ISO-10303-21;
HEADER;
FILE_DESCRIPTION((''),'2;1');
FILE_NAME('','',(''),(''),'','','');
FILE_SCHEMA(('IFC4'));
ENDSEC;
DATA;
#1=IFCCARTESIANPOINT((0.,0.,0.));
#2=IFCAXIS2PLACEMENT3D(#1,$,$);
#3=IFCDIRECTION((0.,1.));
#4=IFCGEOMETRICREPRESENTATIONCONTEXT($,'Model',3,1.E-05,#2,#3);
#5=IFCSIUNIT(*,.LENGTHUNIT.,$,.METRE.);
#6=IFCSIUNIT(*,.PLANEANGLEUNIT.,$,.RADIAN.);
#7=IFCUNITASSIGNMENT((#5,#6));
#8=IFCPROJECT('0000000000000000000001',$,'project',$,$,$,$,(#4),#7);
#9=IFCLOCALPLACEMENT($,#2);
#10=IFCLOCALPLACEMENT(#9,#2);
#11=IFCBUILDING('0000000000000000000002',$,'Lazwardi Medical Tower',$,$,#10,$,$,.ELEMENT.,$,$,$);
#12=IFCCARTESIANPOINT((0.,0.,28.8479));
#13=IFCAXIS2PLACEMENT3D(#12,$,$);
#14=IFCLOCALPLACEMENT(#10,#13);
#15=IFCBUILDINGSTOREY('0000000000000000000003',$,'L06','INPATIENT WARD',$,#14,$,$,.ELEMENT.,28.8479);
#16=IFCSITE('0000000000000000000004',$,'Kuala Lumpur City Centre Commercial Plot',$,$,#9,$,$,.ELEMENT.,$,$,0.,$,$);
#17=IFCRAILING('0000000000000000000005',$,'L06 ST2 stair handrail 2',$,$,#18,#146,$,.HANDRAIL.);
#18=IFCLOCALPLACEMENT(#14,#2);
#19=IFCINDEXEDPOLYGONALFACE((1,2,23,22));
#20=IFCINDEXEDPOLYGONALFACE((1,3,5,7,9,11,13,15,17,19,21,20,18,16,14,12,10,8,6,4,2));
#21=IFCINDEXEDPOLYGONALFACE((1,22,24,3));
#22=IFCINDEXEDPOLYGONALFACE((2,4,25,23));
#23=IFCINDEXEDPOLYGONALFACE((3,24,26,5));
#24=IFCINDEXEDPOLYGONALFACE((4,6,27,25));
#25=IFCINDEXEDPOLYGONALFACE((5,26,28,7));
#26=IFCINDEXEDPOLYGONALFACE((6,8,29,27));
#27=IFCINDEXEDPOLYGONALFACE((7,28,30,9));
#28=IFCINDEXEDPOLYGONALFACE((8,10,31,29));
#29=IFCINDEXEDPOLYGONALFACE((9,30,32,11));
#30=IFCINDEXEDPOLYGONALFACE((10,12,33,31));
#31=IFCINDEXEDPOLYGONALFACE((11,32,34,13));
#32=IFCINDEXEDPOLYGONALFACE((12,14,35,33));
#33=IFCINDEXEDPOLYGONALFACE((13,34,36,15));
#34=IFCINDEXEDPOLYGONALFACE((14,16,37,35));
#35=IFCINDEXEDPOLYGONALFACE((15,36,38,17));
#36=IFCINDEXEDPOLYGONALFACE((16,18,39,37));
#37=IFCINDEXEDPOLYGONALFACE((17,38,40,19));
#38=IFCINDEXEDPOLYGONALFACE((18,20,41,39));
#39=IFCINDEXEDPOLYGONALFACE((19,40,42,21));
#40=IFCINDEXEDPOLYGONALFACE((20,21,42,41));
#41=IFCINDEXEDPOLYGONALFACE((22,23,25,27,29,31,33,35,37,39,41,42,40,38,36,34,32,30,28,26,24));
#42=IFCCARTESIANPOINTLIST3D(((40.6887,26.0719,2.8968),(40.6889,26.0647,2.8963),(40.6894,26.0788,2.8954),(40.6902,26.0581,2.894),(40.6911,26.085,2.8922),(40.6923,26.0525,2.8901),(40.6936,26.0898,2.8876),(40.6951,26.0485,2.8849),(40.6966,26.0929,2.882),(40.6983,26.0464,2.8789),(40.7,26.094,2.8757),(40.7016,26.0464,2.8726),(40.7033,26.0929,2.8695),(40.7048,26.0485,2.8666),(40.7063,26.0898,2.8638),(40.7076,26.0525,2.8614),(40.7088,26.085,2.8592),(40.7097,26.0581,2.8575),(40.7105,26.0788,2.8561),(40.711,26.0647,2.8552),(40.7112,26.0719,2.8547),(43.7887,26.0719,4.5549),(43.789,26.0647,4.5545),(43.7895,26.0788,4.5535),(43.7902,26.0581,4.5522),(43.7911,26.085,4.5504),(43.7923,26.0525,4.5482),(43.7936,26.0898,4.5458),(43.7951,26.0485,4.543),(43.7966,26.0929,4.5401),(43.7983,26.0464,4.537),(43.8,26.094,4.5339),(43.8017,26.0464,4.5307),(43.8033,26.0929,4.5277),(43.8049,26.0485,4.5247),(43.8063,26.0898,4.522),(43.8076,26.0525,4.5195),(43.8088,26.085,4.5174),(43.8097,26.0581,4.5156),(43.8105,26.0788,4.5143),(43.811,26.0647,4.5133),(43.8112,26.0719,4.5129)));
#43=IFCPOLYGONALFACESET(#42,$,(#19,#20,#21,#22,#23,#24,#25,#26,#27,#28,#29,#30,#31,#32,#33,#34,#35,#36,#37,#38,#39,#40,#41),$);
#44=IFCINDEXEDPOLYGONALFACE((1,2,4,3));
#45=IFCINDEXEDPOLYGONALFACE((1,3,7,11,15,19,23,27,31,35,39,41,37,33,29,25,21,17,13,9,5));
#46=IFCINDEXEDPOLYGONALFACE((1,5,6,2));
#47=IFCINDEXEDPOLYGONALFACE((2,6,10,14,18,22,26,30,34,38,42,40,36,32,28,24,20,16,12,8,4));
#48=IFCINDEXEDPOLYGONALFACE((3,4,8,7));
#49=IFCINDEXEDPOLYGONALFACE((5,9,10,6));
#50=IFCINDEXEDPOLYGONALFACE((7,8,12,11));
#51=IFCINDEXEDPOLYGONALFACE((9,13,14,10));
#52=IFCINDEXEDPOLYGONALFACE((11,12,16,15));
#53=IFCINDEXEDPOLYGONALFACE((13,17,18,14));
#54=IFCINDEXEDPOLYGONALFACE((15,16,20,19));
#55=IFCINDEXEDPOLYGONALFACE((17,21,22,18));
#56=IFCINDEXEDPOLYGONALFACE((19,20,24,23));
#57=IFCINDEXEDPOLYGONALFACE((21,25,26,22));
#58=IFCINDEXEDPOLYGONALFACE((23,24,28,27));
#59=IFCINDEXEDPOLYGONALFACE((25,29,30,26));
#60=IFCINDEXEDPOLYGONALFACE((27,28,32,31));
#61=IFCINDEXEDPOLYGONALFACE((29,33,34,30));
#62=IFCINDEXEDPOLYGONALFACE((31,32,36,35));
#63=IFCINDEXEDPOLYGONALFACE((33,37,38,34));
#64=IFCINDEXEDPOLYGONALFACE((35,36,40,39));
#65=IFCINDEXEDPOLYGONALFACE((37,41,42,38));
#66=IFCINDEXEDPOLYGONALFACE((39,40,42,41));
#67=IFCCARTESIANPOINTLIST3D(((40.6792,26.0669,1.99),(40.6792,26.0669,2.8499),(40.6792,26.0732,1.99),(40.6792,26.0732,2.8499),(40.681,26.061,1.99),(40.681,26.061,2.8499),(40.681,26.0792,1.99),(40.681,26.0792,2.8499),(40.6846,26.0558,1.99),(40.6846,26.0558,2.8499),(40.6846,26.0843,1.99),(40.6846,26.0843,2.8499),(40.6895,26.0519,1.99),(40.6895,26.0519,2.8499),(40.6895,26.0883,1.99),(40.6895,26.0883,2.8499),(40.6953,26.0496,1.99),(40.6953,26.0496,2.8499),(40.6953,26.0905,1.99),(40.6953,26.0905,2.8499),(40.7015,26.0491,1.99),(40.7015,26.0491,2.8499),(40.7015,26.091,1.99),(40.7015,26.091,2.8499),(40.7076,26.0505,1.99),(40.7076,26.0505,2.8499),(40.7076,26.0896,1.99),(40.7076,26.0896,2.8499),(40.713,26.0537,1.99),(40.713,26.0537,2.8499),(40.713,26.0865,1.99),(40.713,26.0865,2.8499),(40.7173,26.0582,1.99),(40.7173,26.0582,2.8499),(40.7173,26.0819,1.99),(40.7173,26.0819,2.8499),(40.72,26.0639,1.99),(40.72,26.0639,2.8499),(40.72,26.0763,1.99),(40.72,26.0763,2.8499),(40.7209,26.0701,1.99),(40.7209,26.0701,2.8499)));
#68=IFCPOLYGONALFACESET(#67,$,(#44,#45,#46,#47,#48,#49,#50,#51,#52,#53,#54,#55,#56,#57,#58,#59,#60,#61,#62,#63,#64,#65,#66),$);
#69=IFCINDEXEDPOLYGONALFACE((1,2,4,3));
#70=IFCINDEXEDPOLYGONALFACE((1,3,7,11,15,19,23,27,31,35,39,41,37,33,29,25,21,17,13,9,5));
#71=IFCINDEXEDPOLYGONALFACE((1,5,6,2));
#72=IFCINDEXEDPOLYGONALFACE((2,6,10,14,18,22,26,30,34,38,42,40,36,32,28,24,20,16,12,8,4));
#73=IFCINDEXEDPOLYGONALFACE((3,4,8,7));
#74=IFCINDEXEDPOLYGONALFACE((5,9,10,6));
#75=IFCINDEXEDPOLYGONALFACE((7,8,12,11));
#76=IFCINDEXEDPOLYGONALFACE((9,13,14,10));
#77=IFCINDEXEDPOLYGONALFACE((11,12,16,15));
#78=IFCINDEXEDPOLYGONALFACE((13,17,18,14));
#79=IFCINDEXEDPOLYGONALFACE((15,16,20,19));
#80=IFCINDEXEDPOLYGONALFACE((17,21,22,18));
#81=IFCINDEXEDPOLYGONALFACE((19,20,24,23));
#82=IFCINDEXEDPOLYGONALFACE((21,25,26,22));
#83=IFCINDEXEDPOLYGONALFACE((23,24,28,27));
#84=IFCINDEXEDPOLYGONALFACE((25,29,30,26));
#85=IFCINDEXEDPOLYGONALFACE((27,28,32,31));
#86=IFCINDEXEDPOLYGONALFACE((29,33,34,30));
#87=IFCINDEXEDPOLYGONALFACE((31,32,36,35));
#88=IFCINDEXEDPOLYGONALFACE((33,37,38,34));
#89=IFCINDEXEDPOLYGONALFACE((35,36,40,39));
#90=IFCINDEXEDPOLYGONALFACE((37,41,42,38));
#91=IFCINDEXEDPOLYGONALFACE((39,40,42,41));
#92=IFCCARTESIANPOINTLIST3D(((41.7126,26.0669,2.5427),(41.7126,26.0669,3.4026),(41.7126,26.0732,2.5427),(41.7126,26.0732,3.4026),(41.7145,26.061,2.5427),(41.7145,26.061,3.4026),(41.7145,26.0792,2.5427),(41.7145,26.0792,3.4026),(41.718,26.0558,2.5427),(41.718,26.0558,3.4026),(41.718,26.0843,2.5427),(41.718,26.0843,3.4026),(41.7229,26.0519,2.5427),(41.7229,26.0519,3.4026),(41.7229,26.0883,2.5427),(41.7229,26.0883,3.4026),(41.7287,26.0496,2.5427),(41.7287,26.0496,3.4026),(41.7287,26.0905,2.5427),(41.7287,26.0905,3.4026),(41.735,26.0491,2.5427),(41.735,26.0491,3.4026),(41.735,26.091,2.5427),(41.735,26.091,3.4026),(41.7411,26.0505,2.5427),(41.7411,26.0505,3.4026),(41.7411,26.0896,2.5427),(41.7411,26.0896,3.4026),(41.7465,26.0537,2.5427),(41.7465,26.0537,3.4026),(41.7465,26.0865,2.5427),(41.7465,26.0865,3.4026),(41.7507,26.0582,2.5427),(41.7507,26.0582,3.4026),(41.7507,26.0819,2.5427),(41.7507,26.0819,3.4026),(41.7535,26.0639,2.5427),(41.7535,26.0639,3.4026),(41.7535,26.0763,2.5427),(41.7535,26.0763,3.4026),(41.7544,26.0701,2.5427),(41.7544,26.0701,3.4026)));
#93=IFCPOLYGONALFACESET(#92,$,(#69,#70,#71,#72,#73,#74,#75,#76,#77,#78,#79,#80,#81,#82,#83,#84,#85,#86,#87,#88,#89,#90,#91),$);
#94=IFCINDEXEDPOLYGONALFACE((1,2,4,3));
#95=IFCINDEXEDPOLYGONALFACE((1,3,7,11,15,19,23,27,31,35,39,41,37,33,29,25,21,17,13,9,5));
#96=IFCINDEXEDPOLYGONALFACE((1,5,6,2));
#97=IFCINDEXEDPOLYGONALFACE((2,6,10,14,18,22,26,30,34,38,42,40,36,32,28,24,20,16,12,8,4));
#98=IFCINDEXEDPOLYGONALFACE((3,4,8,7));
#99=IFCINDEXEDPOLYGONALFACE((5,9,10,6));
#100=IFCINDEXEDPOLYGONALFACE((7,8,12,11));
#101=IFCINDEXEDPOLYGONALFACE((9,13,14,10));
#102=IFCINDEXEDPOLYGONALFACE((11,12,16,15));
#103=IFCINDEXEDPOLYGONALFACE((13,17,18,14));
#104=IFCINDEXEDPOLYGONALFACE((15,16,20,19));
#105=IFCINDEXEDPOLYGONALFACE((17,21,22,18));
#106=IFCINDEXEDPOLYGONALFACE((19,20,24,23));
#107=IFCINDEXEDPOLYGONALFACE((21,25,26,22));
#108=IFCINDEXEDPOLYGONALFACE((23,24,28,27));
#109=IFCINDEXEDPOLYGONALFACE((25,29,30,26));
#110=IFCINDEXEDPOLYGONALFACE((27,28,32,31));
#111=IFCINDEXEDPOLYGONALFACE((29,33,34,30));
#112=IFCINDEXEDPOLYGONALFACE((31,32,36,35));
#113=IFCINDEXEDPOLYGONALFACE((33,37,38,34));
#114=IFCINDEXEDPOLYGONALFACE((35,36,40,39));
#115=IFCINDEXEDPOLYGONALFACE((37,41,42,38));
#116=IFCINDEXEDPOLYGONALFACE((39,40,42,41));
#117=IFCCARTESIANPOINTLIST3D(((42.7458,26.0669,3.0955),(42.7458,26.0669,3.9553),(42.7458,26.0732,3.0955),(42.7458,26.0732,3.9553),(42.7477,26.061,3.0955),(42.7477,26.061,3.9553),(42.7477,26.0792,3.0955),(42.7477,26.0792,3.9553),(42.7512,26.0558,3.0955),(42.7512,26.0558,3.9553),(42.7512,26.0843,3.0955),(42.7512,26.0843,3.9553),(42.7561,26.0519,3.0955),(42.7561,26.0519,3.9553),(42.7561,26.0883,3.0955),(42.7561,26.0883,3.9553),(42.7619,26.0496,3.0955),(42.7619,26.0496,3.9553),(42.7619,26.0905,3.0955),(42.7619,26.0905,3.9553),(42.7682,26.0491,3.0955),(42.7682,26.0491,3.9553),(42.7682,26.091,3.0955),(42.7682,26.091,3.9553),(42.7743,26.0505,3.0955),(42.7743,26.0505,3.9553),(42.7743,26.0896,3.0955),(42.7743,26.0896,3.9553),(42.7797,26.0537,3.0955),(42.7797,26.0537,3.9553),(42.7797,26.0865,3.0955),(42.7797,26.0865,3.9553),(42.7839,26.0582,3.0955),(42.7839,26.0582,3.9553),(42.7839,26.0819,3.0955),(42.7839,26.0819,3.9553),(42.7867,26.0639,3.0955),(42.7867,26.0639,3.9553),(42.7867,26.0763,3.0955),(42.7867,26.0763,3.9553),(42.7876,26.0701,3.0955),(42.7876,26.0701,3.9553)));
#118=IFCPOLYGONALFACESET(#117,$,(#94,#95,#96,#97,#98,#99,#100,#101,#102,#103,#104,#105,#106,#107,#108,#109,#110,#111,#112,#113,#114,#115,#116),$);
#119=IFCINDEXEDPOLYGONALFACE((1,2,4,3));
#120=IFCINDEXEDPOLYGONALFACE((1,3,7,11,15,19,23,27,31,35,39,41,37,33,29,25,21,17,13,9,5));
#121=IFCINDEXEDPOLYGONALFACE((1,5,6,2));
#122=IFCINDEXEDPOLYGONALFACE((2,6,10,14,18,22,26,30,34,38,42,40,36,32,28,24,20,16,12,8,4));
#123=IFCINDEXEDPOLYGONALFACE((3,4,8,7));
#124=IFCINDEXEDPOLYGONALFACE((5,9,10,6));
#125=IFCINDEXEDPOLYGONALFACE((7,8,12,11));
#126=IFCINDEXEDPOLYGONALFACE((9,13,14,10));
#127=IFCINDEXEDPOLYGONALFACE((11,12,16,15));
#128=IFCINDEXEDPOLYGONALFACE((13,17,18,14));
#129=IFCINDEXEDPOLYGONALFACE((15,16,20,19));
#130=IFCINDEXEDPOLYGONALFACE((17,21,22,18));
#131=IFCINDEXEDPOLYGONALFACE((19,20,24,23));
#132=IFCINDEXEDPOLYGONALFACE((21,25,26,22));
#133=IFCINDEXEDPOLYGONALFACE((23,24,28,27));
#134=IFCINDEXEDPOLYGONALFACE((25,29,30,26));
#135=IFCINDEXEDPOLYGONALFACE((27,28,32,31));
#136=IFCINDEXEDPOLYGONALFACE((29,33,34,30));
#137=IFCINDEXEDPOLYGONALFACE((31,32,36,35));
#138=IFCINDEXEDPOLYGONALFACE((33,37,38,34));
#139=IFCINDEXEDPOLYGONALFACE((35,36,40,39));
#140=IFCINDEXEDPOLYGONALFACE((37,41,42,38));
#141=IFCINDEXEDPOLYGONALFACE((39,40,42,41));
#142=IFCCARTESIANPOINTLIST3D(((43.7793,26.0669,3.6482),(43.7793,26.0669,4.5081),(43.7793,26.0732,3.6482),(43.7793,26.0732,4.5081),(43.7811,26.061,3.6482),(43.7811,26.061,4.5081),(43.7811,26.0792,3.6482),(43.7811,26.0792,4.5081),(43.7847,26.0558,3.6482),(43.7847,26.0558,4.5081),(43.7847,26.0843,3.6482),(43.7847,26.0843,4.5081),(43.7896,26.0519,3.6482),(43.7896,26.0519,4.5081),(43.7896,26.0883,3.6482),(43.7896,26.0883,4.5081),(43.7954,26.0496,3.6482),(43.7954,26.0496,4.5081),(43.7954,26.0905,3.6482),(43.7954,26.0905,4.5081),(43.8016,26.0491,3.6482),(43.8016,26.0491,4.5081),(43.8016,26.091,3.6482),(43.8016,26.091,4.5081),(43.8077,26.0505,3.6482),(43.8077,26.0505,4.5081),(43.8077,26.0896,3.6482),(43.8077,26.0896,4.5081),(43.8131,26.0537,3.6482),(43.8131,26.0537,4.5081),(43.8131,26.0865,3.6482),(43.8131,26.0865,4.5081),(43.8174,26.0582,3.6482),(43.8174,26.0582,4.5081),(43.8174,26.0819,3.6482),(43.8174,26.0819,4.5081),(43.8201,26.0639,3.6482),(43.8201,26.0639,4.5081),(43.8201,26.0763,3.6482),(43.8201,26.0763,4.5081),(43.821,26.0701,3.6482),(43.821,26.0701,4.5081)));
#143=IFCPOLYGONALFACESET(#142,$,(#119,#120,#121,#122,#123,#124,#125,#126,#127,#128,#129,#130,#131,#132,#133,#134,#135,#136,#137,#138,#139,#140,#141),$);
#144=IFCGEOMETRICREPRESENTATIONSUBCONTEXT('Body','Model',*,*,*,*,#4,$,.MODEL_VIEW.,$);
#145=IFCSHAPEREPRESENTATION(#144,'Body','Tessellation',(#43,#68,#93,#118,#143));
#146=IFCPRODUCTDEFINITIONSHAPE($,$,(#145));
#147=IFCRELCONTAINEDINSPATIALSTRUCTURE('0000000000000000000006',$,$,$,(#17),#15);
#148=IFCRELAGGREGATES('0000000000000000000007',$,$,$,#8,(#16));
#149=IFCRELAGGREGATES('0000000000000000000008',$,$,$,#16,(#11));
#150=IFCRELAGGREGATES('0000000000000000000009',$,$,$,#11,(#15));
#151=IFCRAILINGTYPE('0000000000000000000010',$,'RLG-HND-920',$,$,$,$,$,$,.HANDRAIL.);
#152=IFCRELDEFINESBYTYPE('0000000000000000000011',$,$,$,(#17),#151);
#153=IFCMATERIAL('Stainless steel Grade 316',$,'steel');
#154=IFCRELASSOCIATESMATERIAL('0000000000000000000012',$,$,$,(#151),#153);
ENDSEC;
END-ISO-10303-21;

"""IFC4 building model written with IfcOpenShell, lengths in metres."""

from ifc_helpers import new_model, si_unit, direction, frame, origin, origin_2d, place, context, subcontext, project, spatial, circle, extrude, material, type_object, element, save


model = new_model("IFC4")

# Units and contexts
model_context = context("Model", 3, precision=1e-05, world=origin(), true_north=direction((0.0, 1.0)))
body_context = subcontext(model_context, "Body", "Model", "MODEL_VIEW")
ifc_project = project(units=[si_unit("LENGTHUNIT", "METRE"), si_unit("PLANEANGLEUNIT", "RADIAN")], contexts=[model_context])

# Site, building, storey
site_placement = place(None, origin())
site = spatial("IfcSite", under=ifc_project, at=site_placement, Name="Kuala Lumpur City Centre Commercial Plot", CompositionType="ELEMENT", RefElevation=0.0)
building_placement = place(site_placement, origin())
building = spatial("IfcBuilding", under=site, at=building_placement, Name="Lazwardi Medical Tower", CompositionType="ELEMENT")
storey_placement = place(building_placement, frame((0.0, 0.0, 28.8479)))
storey = spatial("IfcBuildingStorey", under=building, at=storey_placement, Name="L06", Description="INPATIENT WARD", CompositionType="ELEMENT", Elevation=28.8479)

# Railing
ifc_material_1 = material(Name="Stainless steel Grade 316", Category="steel")
railing_type_1 = type_object("IfcRailingType", Name="RLG-HND-920", PredefinedType="HANDRAIL", material=ifc_material_1)
railing_1_placement = place(storey_placement, frame((40.7, 26.0701, 1.99)))
element("IfcRailing", 1, at=railing_1_placement, inside=storey, type_object=railing_type_1, Name="L06 ST2 stair handrail 2", PredefinedType="HANDRAIL", context=body_context, shape_type="SweptSolid", body=[
    extrude(circle(Radius=0.0239, at=origin_2d()), frame((0.0, 0.0, 0.8857), z_axis=(0.881783, 0.0, 0.471655), x_axis=(0.0, 1.0, 0.0)), (0.0, 0.0, 1.0), 3.5156),
    extrude(circle(Radius=0.021, at=origin_2d()), origin(), (0.0, 0.0, 1.0), 0.8599),
    extrude(circle(Radius=0.021, at=origin_2d()), frame((1.0334, 0.0, 0.5527)), (0.0, 0.0, 1.0), 0.8599),
    extrude(circle(Radius=0.021, at=origin_2d()), frame((2.0667, 0.0, 1.1055)), (0.0, 0.0, 1.0), 0.8599),
    extrude(circle(Radius=0.021, at=origin_2d()), frame((3.1001, 0.0, 1.6582)), (0.0, 0.0, 1.0), 0.8599),
])

save(model, "model.ifc")
